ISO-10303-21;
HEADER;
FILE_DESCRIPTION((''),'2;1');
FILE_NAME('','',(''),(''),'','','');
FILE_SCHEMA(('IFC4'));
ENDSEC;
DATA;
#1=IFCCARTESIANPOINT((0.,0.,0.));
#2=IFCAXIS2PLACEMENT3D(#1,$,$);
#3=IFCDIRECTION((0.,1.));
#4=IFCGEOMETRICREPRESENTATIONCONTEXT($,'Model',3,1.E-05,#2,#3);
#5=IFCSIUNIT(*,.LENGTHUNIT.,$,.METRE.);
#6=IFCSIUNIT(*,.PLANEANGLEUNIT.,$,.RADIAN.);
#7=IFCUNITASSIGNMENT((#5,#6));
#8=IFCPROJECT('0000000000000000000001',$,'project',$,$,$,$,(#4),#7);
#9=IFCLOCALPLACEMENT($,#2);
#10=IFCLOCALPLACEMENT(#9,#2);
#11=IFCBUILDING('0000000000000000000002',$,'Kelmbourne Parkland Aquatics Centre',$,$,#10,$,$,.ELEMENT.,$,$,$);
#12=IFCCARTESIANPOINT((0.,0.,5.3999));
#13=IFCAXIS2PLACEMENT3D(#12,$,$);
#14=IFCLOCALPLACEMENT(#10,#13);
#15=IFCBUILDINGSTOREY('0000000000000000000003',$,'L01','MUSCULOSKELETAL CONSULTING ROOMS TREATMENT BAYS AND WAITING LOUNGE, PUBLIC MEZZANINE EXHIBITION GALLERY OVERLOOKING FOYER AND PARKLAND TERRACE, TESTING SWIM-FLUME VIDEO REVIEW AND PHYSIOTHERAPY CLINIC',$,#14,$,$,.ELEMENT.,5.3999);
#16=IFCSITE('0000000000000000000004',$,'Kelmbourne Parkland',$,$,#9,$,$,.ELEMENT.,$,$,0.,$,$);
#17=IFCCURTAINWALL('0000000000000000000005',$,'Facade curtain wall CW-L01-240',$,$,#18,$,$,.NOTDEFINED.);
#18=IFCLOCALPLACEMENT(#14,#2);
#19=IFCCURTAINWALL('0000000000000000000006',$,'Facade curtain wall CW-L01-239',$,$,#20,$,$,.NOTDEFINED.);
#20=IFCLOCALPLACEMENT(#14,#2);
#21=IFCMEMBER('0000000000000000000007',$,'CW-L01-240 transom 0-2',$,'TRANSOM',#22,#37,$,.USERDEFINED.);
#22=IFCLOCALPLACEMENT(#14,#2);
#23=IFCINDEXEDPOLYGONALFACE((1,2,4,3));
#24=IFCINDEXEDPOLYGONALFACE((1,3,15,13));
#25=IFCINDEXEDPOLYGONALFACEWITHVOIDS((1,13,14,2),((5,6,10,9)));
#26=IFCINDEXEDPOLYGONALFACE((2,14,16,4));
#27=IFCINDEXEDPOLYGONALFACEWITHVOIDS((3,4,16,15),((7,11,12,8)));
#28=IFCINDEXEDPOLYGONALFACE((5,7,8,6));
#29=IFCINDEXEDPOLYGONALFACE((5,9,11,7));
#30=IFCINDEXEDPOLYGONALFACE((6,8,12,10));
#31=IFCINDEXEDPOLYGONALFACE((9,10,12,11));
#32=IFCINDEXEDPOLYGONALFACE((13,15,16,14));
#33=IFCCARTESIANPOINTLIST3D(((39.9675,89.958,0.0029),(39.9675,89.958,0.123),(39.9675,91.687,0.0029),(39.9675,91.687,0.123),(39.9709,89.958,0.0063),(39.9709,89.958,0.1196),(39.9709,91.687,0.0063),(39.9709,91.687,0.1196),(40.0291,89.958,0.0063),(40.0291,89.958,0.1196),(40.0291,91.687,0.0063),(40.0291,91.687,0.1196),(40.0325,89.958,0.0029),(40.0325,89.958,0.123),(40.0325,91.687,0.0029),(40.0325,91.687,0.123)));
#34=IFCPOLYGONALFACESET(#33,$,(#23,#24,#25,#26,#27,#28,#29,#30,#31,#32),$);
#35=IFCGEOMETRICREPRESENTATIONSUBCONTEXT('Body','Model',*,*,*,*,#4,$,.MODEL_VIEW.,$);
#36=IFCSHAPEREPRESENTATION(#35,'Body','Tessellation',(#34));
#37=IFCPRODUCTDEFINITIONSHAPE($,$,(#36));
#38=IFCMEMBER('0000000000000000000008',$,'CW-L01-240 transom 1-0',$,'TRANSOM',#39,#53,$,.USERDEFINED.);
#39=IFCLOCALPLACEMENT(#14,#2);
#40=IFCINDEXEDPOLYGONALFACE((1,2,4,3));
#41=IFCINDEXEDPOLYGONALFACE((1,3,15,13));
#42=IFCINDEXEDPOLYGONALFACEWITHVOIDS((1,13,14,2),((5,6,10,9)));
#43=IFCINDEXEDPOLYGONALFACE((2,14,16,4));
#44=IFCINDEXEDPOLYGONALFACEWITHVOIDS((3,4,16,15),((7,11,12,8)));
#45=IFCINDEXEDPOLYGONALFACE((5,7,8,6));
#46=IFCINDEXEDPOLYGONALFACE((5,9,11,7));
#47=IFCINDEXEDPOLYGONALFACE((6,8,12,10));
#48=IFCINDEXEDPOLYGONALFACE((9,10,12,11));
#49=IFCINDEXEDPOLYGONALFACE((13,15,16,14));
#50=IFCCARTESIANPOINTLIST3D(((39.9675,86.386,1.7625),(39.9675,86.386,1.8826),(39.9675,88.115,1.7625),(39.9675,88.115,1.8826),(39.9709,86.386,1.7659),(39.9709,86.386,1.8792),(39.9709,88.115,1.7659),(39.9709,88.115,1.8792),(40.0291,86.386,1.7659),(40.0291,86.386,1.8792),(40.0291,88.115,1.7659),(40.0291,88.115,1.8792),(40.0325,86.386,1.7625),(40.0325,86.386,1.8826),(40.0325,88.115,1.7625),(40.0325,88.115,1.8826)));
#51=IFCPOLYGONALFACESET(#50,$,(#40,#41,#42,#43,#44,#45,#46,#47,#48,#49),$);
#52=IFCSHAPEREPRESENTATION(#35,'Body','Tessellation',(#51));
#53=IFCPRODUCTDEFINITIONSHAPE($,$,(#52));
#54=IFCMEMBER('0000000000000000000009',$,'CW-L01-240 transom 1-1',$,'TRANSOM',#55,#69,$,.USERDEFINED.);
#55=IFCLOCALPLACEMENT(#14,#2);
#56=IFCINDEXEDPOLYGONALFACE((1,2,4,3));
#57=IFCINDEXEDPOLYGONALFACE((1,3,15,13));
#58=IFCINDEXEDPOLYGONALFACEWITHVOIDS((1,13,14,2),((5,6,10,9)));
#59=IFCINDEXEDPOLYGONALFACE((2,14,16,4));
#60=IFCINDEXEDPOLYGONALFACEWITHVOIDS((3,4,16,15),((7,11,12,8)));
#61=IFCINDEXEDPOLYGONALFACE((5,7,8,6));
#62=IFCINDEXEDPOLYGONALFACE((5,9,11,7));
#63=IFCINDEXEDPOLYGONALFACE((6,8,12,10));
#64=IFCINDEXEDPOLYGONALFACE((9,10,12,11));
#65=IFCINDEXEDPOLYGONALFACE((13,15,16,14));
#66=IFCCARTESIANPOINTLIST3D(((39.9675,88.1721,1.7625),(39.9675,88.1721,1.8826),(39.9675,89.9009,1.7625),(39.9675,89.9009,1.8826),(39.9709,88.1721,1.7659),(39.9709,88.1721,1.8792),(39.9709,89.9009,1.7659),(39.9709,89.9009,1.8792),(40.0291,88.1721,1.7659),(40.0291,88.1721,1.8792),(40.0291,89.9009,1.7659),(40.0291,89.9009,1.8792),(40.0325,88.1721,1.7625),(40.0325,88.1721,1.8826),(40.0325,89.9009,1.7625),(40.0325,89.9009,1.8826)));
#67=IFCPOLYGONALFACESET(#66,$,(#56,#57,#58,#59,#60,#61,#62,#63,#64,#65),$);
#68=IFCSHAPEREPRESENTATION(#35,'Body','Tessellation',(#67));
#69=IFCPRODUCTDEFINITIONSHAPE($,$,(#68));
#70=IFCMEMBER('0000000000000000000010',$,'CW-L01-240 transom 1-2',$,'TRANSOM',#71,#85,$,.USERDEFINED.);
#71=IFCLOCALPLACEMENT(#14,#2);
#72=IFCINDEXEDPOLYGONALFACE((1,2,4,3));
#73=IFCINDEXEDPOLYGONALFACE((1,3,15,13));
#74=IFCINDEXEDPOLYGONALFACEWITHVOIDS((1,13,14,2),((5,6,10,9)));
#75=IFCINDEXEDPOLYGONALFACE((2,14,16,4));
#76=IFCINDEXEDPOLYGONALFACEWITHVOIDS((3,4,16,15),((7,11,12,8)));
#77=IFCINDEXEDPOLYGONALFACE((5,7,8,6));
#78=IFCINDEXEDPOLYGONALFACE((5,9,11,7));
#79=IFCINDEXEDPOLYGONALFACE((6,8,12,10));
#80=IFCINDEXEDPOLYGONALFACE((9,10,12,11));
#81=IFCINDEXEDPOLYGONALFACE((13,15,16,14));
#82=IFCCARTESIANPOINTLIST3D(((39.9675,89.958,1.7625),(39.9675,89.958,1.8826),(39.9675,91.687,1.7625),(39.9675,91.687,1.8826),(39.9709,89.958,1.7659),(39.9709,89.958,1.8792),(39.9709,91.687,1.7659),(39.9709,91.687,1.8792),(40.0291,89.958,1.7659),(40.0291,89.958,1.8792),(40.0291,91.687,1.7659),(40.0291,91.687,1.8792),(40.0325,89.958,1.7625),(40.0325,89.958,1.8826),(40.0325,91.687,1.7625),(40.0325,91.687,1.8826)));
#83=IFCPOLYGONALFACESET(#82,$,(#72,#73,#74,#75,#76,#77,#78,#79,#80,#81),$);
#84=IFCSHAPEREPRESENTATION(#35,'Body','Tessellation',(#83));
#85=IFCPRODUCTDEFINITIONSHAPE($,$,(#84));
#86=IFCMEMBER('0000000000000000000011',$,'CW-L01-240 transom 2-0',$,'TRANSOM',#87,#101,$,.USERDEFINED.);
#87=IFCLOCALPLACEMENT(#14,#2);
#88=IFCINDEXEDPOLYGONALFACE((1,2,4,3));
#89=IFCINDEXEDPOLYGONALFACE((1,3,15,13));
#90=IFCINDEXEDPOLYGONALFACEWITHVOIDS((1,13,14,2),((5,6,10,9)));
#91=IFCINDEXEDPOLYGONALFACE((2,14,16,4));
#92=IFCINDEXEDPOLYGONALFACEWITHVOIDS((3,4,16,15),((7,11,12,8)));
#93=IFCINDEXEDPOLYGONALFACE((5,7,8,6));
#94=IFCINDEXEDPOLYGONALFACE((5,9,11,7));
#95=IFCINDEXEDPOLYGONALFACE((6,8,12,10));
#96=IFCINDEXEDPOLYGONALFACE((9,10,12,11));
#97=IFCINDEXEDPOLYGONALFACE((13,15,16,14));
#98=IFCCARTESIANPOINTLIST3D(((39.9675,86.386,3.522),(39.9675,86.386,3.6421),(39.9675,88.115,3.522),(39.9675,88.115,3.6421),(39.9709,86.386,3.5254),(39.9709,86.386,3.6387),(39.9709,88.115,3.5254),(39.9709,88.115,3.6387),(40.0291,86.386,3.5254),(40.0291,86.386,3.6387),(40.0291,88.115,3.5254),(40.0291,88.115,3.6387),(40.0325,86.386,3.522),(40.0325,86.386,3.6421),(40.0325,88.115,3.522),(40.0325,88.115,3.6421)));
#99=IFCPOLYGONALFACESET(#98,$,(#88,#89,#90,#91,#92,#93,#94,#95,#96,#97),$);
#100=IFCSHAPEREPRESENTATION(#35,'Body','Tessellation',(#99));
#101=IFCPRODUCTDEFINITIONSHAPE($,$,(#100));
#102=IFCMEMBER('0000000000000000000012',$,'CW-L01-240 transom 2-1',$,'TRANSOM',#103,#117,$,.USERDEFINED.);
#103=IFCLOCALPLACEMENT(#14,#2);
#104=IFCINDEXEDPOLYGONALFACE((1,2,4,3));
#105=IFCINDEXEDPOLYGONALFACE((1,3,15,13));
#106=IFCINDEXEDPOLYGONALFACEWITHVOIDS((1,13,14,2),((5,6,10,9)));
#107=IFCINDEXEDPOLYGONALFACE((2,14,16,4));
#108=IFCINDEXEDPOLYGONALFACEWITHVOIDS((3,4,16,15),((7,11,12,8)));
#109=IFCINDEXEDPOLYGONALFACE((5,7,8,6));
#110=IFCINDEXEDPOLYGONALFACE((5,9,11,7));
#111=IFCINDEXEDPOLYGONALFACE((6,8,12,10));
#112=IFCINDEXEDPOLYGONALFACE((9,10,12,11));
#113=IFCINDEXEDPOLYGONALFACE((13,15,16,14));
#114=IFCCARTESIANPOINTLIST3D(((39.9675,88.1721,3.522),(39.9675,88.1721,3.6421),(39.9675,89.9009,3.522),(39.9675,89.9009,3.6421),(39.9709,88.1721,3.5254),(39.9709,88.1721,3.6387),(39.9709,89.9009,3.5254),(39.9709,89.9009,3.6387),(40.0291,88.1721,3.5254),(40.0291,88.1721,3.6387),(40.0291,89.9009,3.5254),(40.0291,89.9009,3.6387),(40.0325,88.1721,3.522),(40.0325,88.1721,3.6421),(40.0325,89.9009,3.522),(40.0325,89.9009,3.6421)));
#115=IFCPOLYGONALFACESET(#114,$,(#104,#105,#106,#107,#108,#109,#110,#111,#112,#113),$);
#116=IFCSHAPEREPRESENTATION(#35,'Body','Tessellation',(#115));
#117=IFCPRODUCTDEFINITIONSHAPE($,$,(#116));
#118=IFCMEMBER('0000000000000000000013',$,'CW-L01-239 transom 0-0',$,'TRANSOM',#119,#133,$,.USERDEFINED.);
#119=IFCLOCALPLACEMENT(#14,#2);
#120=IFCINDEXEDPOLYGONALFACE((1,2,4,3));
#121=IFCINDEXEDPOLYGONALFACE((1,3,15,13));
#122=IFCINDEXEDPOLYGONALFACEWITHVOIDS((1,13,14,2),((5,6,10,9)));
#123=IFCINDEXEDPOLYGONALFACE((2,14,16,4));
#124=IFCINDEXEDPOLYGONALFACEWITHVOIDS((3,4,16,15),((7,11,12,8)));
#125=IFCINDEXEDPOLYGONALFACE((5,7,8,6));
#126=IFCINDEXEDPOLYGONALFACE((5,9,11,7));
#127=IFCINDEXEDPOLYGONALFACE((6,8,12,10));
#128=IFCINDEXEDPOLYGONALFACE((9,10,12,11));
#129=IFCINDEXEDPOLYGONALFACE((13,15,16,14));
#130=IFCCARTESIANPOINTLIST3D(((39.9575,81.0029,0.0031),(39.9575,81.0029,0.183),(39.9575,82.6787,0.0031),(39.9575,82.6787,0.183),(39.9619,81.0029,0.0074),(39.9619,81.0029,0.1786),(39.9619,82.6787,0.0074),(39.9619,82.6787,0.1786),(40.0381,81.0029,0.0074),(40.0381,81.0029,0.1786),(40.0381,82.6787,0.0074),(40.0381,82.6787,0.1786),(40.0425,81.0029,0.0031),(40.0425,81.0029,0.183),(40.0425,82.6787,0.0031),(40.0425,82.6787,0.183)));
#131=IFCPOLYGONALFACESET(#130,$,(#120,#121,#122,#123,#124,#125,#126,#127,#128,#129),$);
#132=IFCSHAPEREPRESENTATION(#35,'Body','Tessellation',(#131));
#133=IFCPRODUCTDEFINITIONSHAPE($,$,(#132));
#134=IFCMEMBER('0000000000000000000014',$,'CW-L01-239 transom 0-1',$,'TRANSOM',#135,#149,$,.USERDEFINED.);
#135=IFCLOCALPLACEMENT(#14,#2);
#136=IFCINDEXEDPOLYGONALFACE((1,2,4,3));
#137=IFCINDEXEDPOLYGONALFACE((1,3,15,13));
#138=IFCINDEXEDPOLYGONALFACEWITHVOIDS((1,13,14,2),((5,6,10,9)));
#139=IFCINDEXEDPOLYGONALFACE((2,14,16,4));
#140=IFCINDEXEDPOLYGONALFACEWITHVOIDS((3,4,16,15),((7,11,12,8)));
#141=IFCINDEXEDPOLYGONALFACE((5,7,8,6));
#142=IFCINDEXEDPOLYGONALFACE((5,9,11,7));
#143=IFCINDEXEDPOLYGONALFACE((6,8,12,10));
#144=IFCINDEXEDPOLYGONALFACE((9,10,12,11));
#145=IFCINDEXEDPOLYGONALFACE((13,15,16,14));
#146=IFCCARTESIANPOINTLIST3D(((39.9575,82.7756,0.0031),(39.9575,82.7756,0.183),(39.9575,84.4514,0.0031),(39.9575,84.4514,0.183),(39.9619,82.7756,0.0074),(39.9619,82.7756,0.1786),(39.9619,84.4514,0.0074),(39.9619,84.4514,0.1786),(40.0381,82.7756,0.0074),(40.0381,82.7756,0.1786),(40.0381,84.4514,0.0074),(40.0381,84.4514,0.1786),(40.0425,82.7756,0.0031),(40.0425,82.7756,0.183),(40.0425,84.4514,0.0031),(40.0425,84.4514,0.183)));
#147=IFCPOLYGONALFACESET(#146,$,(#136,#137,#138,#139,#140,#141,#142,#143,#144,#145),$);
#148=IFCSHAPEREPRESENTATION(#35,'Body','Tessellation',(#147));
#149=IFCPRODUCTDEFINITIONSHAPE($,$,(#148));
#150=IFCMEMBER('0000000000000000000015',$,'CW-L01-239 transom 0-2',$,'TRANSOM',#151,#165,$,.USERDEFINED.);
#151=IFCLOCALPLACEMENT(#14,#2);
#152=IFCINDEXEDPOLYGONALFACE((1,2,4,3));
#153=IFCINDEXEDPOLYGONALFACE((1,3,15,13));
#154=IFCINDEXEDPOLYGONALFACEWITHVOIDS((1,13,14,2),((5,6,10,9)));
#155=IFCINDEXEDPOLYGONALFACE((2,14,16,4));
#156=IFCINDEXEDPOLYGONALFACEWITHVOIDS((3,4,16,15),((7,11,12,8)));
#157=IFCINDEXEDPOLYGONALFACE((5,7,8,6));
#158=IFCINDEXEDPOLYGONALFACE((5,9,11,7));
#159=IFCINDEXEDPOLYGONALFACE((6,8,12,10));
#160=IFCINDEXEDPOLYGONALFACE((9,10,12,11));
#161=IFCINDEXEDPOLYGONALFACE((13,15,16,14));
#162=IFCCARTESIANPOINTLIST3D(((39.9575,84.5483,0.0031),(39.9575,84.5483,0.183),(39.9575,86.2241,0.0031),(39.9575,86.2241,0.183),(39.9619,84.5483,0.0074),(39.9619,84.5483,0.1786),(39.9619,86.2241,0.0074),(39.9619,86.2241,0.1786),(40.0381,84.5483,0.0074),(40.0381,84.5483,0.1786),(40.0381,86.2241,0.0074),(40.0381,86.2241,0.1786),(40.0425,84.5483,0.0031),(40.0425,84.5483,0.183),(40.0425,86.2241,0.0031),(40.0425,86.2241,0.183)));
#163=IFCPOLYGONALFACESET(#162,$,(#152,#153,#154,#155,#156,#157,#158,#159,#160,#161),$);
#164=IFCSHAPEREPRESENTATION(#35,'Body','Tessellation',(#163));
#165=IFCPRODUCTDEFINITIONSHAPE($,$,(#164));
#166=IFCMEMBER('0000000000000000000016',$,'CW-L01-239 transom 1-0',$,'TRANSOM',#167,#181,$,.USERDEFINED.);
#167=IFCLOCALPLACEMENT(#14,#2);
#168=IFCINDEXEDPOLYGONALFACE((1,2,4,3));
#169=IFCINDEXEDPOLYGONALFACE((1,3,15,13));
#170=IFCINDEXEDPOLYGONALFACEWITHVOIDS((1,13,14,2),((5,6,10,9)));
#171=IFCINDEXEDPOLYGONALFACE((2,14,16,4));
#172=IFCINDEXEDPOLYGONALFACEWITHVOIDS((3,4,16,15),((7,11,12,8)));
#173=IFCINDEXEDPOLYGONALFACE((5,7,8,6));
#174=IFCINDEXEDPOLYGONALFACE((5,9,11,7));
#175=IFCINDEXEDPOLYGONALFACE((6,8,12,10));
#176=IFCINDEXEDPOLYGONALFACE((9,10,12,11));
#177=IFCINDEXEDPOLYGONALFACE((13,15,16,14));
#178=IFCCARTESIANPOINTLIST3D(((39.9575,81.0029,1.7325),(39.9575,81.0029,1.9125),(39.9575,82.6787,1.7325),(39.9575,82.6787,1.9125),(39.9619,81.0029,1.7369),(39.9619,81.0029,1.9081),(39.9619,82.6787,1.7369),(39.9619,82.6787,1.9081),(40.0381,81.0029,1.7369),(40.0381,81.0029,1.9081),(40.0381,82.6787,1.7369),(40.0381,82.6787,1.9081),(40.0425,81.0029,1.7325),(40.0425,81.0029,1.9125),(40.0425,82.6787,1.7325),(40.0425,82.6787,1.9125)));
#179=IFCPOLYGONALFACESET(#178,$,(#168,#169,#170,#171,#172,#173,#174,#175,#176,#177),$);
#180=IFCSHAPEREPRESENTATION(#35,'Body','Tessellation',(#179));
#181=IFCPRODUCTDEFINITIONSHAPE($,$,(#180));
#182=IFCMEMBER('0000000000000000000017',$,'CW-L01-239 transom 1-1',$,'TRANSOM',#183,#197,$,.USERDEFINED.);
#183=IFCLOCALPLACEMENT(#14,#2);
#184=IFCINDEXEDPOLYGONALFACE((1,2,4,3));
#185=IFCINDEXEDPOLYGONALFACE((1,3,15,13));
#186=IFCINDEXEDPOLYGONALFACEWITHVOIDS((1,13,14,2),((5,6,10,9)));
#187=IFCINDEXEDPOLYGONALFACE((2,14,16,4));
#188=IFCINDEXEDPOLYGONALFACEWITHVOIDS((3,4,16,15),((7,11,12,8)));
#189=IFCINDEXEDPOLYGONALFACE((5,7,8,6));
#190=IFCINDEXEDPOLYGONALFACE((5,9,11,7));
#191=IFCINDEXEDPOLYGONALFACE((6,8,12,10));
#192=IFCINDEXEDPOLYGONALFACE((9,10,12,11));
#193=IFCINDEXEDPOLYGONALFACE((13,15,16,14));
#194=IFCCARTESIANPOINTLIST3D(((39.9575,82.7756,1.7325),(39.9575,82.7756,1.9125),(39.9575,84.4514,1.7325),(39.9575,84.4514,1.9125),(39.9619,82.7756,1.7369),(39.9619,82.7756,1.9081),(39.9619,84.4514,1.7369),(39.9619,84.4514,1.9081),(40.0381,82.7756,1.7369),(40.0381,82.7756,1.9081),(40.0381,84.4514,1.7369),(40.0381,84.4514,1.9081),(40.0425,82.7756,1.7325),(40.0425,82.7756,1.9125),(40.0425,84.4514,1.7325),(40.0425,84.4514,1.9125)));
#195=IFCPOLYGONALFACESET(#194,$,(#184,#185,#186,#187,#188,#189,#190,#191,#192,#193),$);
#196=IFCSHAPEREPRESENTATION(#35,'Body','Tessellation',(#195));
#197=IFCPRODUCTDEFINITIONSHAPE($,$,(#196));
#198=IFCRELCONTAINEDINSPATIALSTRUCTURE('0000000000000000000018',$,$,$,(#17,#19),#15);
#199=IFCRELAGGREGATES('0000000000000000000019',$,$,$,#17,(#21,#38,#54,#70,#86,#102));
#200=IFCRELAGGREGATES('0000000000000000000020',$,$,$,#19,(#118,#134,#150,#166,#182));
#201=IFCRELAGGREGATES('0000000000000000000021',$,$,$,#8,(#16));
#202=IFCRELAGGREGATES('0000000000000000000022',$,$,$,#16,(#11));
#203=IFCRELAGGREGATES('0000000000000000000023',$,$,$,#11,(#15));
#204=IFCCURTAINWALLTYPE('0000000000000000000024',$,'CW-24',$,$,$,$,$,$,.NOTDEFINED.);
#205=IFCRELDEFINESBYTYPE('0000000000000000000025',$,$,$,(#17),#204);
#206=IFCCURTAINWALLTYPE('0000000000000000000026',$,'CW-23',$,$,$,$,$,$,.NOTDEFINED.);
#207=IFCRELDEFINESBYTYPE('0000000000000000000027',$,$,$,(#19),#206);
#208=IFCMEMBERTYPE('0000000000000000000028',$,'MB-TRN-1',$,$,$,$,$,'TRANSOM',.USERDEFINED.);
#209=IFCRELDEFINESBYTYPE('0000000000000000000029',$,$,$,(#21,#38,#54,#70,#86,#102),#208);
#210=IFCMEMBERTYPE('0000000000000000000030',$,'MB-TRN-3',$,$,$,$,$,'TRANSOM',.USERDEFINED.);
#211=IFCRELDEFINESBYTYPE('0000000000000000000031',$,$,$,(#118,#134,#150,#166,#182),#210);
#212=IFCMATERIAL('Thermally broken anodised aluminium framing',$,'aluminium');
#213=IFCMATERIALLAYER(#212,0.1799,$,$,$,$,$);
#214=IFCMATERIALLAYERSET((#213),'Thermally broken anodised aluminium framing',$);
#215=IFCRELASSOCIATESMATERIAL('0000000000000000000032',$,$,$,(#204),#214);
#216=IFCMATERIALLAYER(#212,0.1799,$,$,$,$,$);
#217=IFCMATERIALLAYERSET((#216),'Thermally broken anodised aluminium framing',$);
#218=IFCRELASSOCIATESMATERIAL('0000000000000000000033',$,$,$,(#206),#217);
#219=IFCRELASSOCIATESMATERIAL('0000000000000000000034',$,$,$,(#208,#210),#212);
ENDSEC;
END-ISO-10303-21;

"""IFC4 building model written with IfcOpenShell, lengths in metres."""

from ifc_helpers import new_model, si_unit, direction, frame, origin, origin_2d, place, context, subcontext, project, spatial, hollow_rectangle, extrude, material, layer, layer_set, material_profile, profile_set, type_object, element, aggregate, save


model = new_model("IFC4")

# Units and contexts
model_context = context("Model", 3, precision=1e-05, world=origin(), true_north=direction((0.0, 1.0)))
body_context = subcontext(model_context, "Body", "Model", "MODEL_VIEW")
ifc_project = project(units=[si_unit("LENGTHUNIT", "METRE"), si_unit("PLANEANGLEUNIT", "RADIAN")], contexts=[model_context])

# Site, building, storey
site_placement = place(None, origin())
site = spatial("IfcSite", under=ifc_project, at=site_placement, Name="Kelmbourne Parkland", CompositionType="ELEMENT", RefElevation=0.0)
building_placement = place(site_placement, origin())
building = spatial("IfcBuilding", under=site, at=building_placement, Name="Kelmbourne Parkland Aquatics Centre", CompositionType="ELEMENT")
storey_placement = place(building_placement, frame((0.0, 0.0, 5.3999)))
storey = spatial("IfcBuildingStorey", under=building, at=storey_placement, Name="L01", Description="MUSCULOSKELETAL CONSULTING ROOMS TREATMENT BAYS AND WAITING LOUNGE, PUBLIC MEZZANINE EXHIBITION GALLERY OVERLOOKING FOYER AND PARKLAND TERRACE, TESTING SWIM-FLUME VIDEO REVIEW AND PHYSIOTHERAPY CLINIC", CompositionType="ELEMENT", Elevation=5.3999)

# Curtain walls
ifc_material_1 = material(Name="Thermally broken anodised aluminium framing", Category="aluminium")
ifc_layer_1 = layer(ifc_material_1, 0.1799)
ifc_layer_set_1 = layer_set([ifc_layer_1], Name="Thermally broken anodised aluminium framing")
curtain_wall_type_1 = type_object("IfcCurtainWallType", Name="CW-24", PredefinedType="NOTDEFINED", material=ifc_layer_set_1)
curtain_wall_1_placement = place(storey_placement, origin())
curtain_wall_1 = element("IfcCurtainWall", 1, at=curtain_wall_1_placement, inside=storey, type_object=curtain_wall_type_1, Name="Facade curtain wall CW-L01-240", PredefinedType="NOTDEFINED")
ifc_layer_2 = layer(ifc_material_1, 0.1799)
ifc_layer_set_2 = layer_set([ifc_layer_2], Name="Thermally broken anodised aluminium framing")
curtain_wall_type_2 = type_object("IfcCurtainWallType", Name="CW-23", PredefinedType="NOTDEFINED", material=ifc_layer_set_2)
curtain_wall_2_placement = place(storey_placement, origin())
curtain_wall_2 = element("IfcCurtainWall", 2, at=curtain_wall_2_placement, inside=storey, type_object=curtain_wall_type_2, Name="Facade curtain wall CW-L01-239", PredefinedType="NOTDEFINED")

# Members
ifc_material_profile_1 = material_profile(ifc_material_1, hollow_rectangle(XDim=0.0649, YDim=0.1201, WallThickness=0.0034, at=origin_2d()), Name="CW-T 65x120")
ifc_profile_set_1 = profile_set([ifc_material_profile_1], Name="Thermally broken anodised aluminium framing")
member_type_1 = type_object("IfcMemberType", Name="MB-TRN-1", ElementType="TRANSOM", PredefinedType="USERDEFINED", material=ifc_profile_set_1)
member_1_placement = place(storey_placement, frame((40.0, 89.958, 0.063), z_axis=(0.0, 1.0, 0.0), x_axis=(-1.0, 0.0, 0.0)))
member_1 = element("IfcMember", 3, at=member_1_placement, type_object=member_type_1, Name="CW-L01-240 transom 0-2", ObjectType="TRANSOM", PredefinedType="USERDEFINED", context=body_context, shape_type="SweptSolid", body=[
    extrude(hollow_rectangle(XDim=0.0649, YDim=0.1201, WallThickness=0.0034, at=origin_2d()), origin(), (0.0, 0.0, 1.0), 1.729),
])
member_2_placement = place(storey_placement, frame((40.0, 86.386, 1.8225), z_axis=(0.0, 1.0, 0.0), x_axis=(-1.0, 0.0, 0.0)))
member_2 = element("IfcMember", 4, at=member_2_placement, type_object=member_type_1, Name="CW-L01-240 transom 1-0", ObjectType="TRANSOM", PredefinedType="USERDEFINED", context=body_context, shape_type="SweptSolid", body=[
    extrude(hollow_rectangle(XDim=0.0649, YDim=0.1201, WallThickness=0.0034, at=origin_2d()), origin(), (0.0, 0.0, 1.0), 1.729),
])
member_3_placement = place(storey_placement, frame((40.0, 88.1721, 1.8225), z_axis=(0.0, 1.0, 0.0), x_axis=(-1.0, 0.0, 0.0)))
member_3 = element("IfcMember", 5, at=member_3_placement, type_object=member_type_1, Name="CW-L01-240 transom 1-1", ObjectType="TRANSOM", PredefinedType="USERDEFINED", context=body_context, shape_type="SweptSolid", body=[
    extrude(hollow_rectangle(XDim=0.0649, YDim=0.1201, WallThickness=0.0034, at=origin_2d()), origin(), (0.0, 0.0, 1.0), 1.7288),
])
member_4_placement = place(storey_placement, frame((40.0, 89.958, 1.8225), z_axis=(0.0, 1.0, 0.0), x_axis=(-1.0, 0.0, 0.0)))
member_4 = element("IfcMember", 6, at=member_4_placement, type_object=member_type_1, Name="CW-L01-240 transom 1-2", ObjectType="TRANSOM", PredefinedType="USERDEFINED", context=body_context, shape_type="SweptSolid", body=[
    extrude(hollow_rectangle(XDim=0.0649, YDim=0.1201, WallThickness=0.0034, at=origin_2d()), origin(), (0.0, 0.0, 1.0), 1.729),
])
member_5_placement = place(storey_placement, frame((40.0, 86.386, 3.582), z_axis=(0.0, 1.0, 0.0), x_axis=(-1.0, 0.0, 0.0)))
member_5 = element("IfcMember", 7, at=member_5_placement, type_object=member_type_1, Name="CW-L01-240 transom 2-0", ObjectType="TRANSOM", PredefinedType="USERDEFINED", context=body_context, shape_type="SweptSolid", body=[
    extrude(hollow_rectangle(XDim=0.0649, YDim=0.1201, WallThickness=0.0034, at=origin_2d()), origin(), (0.0, 0.0, 1.0), 1.729),
])
member_6_placement = place(storey_placement, frame((40.0, 88.1721, 3.582), z_axis=(0.0, 1.0, 0.0), x_axis=(-1.0, 0.0, 0.0)))
member_6 = element("IfcMember", 8, at=member_6_placement, type_object=member_type_1, Name="CW-L01-240 transom 2-1", ObjectType="TRANSOM", PredefinedType="USERDEFINED", context=body_context, shape_type="SweptSolid", body=[
    extrude(hollow_rectangle(XDim=0.0649, YDim=0.1201, WallThickness=0.0034, at=origin_2d()), origin(), (0.0, 0.0, 1.0), 1.7288),
])
ifc_material_profile_2 = material_profile(ifc_material_1, hollow_rectangle(XDim=0.085, YDim=0.1799, WallThickness=0.0044, at=origin_2d()), Name="CW-T 85x180")
ifc_profile_set_2 = profile_set([ifc_material_profile_2], Name="Thermally broken anodised aluminium framing")
member_type_2 = type_object("IfcMemberType", Name="MB-TRN-3", ElementType="TRANSOM", PredefinedType="USERDEFINED", material=ifc_profile_set_2)
member_7_placement = place(storey_placement, frame((40.0, 81.0029, 0.093), z_axis=(0.0, 1.0, 0.0), x_axis=(-1.0, 0.0, 0.0)))
member_7 = element("IfcMember", 9, at=member_7_placement, type_object=member_type_2, Name="CW-L01-239 transom 0-0", ObjectType="TRANSOM", PredefinedType="USERDEFINED", context=body_context, shape_type="SweptSolid", body=[
    extrude(hollow_rectangle(XDim=0.085, YDim=0.1799, WallThickness=0.0044, at=origin_2d()), origin(), (0.0, 0.0, 1.0), 1.6758),
])
member_8_placement = place(storey_placement, frame((40.0, 82.7756, 0.093), z_axis=(0.0, 1.0, 0.0), x_axis=(-1.0, 0.0, 0.0)))
member_8 = element("IfcMember", 10, at=member_8_placement, type_object=member_type_2, Name="CW-L01-239 transom 0-1", ObjectType="TRANSOM", PredefinedType="USERDEFINED", context=body_context, shape_type="SweptSolid", body=[
    extrude(hollow_rectangle(XDim=0.085, YDim=0.1799, WallThickness=0.0044, at=origin_2d()), origin(), (0.0, 0.0, 1.0), 1.6758),
])
member_9_placement = place(storey_placement, frame((40.0, 84.5483, 0.093), z_axis=(0.0, 1.0, 0.0), x_axis=(-1.0, 0.0, 0.0)))
member_9 = element("IfcMember", 11, at=member_9_placement, type_object=member_type_2, Name="CW-L01-239 transom 0-2", ObjectType="TRANSOM", PredefinedType="USERDEFINED", context=body_context, shape_type="SweptSolid", body=[
    extrude(hollow_rectangle(XDim=0.085, YDim=0.1799, WallThickness=0.0044, at=origin_2d()), origin(), (0.0, 0.0, 1.0), 1.6758),
])
member_10_placement = place(storey_placement, frame((40.0, 81.0029, 1.8225), z_axis=(0.0, 1.0, 0.0), x_axis=(-1.0, 0.0, 0.0)))
member_10 = element("IfcMember", 12, at=member_10_placement, type_object=member_type_2, Name="CW-L01-239 transom 1-0", ObjectType="TRANSOM", PredefinedType="USERDEFINED", context=body_context, shape_type="SweptSolid", body=[
    extrude(hollow_rectangle(XDim=0.085, YDim=0.1799, WallThickness=0.0044, at=origin_2d()), origin(), (0.0, 0.0, 1.0), 1.6758),
])
member_11_placement = place(storey_placement, frame((40.0, 82.7756, 1.8225), z_axis=(0.0, 1.0, 0.0), x_axis=(-1.0, 0.0, 0.0)))
member_11 = element("IfcMember", 13, at=member_11_placement, type_object=member_type_2, Name="CW-L01-239 transom 1-1", ObjectType="TRANSOM", PredefinedType="USERDEFINED", context=body_context, shape_type="SweptSolid", body=[
    extrude(hollow_rectangle(XDim=0.085, YDim=0.1799, WallThickness=0.0044, at=origin_2d()), origin(), (0.0, 0.0, 1.0), 1.6758),
])

aggregate(curtain_wall_1, [member_1, member_2, member_3, member_4, member_5, member_6])
aggregate(curtain_wall_2, [member_7, member_8, member_9, member_10, member_11])

save(model, "model.ifc")
